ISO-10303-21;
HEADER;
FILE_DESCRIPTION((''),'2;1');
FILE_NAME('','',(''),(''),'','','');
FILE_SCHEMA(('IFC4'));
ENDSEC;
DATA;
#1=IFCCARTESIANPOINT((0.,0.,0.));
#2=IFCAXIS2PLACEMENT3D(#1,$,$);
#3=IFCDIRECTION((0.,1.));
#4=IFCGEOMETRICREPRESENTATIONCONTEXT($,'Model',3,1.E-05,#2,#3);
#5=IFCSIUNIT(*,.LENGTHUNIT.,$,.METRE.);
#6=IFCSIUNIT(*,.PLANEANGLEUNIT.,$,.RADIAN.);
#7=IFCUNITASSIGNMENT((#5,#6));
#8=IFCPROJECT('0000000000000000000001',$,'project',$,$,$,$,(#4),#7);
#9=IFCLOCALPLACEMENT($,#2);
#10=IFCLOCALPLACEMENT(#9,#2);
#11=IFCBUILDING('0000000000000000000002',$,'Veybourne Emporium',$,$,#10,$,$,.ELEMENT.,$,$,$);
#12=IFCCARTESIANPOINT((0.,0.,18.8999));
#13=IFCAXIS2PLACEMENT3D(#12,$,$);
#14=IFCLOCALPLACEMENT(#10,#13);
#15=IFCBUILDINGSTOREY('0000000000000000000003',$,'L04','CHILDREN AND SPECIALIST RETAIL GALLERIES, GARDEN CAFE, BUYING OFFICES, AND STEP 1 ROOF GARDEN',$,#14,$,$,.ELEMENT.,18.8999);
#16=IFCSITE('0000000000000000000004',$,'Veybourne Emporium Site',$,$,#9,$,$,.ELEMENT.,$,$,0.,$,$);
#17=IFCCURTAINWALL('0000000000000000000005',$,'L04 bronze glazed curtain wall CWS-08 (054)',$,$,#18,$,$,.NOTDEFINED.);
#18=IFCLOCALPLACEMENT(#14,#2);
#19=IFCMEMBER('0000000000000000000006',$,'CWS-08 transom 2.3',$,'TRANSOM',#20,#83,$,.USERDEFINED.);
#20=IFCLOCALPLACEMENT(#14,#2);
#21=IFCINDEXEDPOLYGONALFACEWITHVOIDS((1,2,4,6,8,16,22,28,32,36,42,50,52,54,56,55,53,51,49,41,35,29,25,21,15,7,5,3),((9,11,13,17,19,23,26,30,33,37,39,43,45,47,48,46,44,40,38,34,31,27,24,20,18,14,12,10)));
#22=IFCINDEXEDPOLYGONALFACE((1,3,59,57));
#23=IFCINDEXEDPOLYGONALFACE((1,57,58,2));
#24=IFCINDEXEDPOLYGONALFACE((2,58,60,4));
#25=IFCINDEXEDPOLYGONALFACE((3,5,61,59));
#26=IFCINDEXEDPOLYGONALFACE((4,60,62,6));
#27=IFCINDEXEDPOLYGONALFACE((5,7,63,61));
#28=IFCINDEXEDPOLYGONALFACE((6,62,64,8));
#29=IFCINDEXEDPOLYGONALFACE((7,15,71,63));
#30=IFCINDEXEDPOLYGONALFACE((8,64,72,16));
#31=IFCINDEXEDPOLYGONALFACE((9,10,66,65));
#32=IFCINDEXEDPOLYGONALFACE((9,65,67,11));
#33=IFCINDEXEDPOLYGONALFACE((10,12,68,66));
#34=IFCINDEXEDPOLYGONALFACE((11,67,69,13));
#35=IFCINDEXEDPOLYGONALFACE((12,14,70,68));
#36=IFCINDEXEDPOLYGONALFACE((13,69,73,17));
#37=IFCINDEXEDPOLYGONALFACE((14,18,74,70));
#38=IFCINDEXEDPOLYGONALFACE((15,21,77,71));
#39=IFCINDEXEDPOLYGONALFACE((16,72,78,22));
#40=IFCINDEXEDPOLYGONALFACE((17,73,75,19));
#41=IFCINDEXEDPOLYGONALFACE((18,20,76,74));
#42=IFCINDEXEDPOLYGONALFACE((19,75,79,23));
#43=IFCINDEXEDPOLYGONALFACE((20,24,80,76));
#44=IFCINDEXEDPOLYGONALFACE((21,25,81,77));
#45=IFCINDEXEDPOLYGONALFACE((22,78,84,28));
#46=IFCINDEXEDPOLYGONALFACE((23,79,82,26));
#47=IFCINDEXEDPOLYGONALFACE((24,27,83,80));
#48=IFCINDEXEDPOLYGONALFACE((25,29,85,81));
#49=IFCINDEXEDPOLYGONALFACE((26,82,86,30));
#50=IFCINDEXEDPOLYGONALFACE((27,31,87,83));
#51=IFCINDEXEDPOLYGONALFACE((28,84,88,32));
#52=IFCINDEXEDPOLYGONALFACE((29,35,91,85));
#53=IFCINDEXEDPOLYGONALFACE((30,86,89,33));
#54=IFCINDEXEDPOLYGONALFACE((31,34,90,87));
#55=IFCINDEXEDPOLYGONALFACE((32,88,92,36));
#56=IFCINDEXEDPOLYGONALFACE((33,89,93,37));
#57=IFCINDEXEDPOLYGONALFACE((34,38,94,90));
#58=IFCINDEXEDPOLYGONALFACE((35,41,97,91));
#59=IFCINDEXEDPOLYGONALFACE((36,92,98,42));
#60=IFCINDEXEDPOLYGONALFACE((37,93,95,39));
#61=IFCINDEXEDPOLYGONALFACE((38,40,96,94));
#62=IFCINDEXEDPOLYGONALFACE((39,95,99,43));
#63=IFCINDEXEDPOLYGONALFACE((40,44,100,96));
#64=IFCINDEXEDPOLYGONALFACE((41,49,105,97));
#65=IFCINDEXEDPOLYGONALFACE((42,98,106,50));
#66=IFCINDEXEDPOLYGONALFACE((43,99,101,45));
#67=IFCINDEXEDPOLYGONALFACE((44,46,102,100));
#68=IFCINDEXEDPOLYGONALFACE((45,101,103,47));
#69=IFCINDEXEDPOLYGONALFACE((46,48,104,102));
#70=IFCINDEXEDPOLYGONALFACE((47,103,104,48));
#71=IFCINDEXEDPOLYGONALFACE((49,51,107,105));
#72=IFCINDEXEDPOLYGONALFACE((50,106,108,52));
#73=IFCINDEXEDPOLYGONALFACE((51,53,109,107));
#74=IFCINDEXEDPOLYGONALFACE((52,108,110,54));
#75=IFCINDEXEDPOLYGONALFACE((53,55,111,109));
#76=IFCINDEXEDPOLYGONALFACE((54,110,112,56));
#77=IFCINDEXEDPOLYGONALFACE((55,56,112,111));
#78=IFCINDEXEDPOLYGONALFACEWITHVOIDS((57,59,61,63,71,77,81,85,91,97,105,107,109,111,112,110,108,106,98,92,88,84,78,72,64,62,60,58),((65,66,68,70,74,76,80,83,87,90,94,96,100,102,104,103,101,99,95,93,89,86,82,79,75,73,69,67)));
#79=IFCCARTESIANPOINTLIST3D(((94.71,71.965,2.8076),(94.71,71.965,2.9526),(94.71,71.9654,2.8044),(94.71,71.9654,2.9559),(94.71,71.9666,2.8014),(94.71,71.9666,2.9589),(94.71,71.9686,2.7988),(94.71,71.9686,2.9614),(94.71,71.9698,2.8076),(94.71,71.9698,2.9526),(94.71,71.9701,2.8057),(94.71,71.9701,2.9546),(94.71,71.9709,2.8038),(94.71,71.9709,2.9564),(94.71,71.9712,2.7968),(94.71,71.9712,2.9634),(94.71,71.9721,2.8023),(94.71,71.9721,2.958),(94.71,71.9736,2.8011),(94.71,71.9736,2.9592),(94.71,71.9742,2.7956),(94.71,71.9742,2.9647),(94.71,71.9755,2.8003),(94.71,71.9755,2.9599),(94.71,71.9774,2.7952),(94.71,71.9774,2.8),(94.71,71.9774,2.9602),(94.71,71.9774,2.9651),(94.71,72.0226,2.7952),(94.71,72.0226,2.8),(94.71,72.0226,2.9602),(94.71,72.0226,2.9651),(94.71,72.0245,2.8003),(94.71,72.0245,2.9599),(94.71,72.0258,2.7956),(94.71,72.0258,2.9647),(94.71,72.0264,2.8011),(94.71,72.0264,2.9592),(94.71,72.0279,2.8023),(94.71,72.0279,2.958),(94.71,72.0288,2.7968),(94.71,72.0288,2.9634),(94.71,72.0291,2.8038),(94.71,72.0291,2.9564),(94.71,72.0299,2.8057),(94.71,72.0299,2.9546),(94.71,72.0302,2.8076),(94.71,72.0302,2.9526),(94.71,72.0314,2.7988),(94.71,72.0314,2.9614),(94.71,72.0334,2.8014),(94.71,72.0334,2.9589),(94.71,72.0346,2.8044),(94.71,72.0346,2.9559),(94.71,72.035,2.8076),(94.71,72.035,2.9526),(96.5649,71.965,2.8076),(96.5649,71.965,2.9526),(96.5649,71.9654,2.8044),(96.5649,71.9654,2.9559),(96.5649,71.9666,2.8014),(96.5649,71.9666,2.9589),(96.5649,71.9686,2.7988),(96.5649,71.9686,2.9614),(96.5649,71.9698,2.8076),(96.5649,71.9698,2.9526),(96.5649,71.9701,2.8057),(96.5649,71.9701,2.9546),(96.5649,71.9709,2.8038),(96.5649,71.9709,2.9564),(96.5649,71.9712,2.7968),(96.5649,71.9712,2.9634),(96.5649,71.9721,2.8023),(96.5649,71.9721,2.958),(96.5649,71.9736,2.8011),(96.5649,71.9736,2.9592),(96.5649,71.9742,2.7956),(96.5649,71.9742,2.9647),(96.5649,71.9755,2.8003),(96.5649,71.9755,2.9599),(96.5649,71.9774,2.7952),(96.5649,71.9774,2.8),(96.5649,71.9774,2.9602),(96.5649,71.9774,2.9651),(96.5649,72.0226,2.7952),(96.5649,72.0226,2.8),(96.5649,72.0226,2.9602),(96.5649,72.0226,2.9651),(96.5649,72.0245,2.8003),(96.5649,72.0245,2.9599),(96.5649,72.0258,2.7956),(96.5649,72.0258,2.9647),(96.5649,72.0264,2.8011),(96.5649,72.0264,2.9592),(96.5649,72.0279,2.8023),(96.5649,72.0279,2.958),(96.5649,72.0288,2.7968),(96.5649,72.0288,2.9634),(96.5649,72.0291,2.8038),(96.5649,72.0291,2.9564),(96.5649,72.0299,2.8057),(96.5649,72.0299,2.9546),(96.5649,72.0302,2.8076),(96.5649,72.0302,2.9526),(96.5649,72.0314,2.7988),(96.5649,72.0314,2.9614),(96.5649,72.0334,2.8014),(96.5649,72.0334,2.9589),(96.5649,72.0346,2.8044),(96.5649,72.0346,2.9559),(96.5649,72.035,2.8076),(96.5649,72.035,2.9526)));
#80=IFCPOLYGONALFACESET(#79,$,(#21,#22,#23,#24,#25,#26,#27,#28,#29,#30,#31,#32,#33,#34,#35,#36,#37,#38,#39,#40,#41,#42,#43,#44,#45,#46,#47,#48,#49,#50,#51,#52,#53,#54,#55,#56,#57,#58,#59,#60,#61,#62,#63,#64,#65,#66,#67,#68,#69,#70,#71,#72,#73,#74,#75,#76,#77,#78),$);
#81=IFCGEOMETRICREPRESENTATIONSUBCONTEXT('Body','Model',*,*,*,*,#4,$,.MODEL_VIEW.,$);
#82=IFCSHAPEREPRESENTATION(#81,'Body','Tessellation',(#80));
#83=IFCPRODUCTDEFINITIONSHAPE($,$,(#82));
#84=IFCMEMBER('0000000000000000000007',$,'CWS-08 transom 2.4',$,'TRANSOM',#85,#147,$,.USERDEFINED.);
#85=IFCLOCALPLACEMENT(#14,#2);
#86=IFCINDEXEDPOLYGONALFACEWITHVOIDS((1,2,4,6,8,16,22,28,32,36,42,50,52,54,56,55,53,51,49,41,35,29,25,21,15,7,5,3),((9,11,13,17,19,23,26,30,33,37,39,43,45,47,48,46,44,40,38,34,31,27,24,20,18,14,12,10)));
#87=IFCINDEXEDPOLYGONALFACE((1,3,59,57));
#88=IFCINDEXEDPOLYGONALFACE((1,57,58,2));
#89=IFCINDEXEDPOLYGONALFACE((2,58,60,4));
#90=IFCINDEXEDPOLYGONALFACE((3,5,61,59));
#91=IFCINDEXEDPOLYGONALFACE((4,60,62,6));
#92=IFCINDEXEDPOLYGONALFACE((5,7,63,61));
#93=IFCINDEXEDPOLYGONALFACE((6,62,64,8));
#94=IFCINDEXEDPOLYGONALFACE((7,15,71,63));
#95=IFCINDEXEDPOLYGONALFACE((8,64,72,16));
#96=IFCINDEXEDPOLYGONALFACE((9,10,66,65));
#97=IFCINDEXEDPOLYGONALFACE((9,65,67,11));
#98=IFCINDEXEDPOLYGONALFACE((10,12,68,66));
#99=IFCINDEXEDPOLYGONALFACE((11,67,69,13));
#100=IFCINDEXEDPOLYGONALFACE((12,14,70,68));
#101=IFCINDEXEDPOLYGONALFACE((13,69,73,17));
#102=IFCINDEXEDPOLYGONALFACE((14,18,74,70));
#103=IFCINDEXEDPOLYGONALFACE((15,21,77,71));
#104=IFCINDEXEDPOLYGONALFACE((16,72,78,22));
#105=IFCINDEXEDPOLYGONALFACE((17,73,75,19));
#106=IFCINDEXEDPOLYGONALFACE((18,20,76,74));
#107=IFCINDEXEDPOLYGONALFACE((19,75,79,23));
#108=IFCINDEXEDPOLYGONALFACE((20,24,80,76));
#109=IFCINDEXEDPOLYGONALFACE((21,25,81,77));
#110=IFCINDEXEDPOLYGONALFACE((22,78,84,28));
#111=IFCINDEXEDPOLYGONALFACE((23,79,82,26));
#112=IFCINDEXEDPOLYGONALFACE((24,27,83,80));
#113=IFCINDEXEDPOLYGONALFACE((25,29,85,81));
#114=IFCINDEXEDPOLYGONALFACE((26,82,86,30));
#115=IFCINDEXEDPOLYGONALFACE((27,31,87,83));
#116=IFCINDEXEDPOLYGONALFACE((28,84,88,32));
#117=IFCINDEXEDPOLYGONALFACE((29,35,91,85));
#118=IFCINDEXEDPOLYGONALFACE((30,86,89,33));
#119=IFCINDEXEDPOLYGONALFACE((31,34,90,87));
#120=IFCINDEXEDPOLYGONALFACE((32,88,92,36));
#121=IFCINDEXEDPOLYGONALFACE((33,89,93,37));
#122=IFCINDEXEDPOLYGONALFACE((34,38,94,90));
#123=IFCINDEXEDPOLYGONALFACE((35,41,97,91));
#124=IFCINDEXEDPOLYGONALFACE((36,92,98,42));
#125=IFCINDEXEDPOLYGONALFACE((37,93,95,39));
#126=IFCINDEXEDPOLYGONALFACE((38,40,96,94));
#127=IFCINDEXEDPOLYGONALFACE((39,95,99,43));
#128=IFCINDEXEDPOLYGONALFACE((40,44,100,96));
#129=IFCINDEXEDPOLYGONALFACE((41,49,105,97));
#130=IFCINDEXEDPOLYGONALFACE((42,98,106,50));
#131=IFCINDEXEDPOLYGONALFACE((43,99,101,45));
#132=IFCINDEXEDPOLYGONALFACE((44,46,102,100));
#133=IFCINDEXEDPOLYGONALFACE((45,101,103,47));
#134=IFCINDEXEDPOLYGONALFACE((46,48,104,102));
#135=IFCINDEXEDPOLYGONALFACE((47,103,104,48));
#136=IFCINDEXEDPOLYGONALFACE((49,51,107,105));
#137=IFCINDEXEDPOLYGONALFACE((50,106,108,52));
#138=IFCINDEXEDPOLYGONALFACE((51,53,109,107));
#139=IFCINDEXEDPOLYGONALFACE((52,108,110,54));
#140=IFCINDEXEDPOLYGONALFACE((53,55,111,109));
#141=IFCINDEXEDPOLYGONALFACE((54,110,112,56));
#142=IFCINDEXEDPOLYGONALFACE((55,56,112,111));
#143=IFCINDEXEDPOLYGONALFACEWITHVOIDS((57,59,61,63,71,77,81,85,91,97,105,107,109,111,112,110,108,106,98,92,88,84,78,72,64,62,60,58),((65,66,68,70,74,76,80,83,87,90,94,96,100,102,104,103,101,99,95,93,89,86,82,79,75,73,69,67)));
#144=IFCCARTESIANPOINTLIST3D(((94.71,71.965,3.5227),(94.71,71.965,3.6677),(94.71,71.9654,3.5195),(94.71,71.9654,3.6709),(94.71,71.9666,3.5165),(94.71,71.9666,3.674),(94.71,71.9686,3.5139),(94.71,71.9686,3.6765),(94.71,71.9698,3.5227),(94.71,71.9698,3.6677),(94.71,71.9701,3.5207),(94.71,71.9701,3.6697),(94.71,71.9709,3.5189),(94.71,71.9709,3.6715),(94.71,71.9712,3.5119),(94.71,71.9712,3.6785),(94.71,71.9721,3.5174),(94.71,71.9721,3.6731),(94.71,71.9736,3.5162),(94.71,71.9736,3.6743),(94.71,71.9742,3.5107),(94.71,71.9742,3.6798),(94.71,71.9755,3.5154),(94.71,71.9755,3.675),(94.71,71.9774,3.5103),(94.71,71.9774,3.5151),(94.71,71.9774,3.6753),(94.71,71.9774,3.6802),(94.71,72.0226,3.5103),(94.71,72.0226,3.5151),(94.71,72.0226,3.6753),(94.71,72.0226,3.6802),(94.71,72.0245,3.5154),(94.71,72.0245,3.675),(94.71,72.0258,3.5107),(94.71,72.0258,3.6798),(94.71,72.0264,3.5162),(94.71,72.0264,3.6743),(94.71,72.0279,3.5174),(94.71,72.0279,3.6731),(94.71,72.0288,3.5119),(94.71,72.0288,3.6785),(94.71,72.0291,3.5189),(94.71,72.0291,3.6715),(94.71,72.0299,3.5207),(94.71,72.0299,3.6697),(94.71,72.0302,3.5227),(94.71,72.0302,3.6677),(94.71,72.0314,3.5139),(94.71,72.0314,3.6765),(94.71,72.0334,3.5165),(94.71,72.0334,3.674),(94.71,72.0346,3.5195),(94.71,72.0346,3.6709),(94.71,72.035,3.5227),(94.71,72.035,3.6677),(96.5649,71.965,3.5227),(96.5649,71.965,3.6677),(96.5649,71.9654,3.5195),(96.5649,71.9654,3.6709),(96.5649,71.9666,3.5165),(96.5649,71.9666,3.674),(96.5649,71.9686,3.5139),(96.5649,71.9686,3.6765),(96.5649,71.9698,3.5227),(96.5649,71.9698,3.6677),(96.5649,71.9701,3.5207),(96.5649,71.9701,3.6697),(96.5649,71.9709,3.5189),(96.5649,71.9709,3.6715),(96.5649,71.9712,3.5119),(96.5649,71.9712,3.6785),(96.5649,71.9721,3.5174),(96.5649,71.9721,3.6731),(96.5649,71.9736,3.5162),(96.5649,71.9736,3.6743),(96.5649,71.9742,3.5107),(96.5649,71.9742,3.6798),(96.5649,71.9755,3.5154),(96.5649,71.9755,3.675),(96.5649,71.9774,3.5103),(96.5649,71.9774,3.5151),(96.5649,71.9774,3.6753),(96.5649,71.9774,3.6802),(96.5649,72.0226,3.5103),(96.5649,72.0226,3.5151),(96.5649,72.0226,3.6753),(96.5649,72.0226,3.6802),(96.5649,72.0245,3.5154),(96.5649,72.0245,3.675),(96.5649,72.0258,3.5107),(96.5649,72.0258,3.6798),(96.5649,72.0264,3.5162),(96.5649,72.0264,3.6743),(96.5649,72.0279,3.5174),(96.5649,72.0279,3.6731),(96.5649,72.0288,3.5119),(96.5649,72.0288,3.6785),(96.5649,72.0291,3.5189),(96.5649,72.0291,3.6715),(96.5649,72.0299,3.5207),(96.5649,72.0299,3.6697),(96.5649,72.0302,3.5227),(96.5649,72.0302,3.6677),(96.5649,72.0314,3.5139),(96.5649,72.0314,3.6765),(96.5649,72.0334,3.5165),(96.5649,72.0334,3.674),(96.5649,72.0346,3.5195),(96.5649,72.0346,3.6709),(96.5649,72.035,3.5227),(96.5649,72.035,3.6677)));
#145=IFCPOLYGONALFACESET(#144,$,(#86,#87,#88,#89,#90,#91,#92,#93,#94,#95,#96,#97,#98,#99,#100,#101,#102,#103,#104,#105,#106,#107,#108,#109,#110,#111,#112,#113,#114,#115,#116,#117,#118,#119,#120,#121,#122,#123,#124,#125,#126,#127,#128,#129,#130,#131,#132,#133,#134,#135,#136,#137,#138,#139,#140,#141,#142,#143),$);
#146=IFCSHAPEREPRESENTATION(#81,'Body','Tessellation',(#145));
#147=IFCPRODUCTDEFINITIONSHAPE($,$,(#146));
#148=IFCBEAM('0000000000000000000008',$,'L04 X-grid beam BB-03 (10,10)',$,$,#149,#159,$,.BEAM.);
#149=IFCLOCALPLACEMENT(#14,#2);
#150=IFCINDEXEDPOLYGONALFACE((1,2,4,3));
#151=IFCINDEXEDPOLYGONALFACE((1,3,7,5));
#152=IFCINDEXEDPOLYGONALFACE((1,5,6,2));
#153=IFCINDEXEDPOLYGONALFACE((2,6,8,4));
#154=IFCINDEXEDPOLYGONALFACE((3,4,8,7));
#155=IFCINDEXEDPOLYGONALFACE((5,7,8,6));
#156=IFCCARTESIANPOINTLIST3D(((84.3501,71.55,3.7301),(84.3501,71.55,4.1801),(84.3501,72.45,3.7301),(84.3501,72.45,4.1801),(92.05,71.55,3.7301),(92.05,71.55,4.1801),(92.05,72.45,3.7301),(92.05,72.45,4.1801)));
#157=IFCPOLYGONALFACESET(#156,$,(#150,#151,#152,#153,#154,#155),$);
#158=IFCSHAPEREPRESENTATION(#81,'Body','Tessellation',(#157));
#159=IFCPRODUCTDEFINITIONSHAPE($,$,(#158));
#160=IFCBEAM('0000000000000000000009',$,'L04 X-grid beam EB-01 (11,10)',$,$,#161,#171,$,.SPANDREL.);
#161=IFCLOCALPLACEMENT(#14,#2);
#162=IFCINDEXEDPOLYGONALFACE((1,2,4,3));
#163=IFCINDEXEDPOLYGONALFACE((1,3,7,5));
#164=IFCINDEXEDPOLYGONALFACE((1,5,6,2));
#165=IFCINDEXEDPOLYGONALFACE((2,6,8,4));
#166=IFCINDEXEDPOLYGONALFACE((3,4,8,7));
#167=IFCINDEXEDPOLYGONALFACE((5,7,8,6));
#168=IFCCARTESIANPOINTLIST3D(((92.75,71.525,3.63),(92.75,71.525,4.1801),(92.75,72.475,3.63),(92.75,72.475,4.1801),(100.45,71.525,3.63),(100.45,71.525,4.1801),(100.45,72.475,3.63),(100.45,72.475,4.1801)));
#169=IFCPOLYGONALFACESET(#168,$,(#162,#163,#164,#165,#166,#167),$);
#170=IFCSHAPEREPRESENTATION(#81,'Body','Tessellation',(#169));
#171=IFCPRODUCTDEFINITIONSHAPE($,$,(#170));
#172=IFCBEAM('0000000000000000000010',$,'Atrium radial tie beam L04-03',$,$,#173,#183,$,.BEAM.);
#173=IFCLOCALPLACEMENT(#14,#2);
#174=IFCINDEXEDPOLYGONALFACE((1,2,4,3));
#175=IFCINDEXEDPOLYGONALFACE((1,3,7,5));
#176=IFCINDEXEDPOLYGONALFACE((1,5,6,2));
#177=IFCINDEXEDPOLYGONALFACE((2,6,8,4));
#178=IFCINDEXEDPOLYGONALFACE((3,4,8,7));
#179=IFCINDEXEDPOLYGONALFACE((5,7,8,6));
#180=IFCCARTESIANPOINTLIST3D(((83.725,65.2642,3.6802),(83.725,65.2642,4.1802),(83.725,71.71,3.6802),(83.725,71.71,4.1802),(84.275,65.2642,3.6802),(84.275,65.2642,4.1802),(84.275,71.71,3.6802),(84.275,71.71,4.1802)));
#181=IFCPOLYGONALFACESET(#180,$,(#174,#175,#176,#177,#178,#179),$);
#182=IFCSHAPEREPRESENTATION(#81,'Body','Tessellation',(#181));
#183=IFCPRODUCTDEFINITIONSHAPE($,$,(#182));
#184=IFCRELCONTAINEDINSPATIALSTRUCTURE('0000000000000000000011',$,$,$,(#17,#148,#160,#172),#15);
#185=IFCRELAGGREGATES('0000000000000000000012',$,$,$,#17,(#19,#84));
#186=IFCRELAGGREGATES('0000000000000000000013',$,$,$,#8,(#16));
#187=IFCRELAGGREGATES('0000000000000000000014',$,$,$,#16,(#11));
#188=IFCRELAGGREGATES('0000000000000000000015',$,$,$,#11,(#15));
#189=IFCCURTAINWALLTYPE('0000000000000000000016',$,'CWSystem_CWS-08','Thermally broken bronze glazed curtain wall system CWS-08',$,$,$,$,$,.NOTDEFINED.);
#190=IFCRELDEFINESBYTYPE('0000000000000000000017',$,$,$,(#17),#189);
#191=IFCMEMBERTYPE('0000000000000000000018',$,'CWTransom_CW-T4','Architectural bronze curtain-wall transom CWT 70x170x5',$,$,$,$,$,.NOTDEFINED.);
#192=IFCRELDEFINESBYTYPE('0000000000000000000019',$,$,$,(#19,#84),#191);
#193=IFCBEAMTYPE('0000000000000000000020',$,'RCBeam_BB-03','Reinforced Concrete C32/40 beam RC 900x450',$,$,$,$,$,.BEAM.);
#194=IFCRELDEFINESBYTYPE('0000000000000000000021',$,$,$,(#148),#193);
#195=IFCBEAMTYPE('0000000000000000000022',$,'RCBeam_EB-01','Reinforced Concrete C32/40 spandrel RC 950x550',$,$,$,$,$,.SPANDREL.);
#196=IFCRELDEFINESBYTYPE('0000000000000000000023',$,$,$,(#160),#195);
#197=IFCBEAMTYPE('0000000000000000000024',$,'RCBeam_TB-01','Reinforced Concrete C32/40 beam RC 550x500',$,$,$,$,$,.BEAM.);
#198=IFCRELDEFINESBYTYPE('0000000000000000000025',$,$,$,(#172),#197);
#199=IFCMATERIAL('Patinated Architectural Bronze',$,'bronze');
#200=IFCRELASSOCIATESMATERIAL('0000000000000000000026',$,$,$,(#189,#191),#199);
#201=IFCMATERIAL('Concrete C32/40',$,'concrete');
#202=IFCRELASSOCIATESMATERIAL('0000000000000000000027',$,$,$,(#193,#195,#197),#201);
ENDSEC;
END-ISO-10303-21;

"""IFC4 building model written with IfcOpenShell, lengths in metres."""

from ifc_helpers import new_model, si_unit, direction, frame, origin, origin_2d, place, context, subcontext, project, spatial, rectangle, hollow_rectangle, extrude, material, material_profile, profile_set, type_object, element, aggregate, save


model = new_model("IFC4")

# Units and contexts
model_context = context("Model", 3, precision=1e-05, world=origin(), true_north=direction((0.0, 1.0)))
body_context = subcontext(model_context, "Body", "Model", "MODEL_VIEW")
ifc_project = project(units=[si_unit("LENGTHUNIT", "METRE"), si_unit("PLANEANGLEUNIT", "RADIAN")], contexts=[model_context])

# Site, building, storey
site_placement = place(None, origin())
site = spatial("IfcSite", under=ifc_project, at=site_placement, Name="Veybourne Emporium Site", CompositionType="ELEMENT", RefElevation=0.0)
building_placement = place(site_placement, origin())
building = spatial("IfcBuilding", under=site, at=building_placement, Name="Veybourne Emporium", CompositionType="ELEMENT")
storey_placement = place(building_placement, frame((0.0, 0.0, 18.8999)))
storey = spatial("IfcBuildingStorey", under=building, at=storey_placement, Name="L04", Description="CHILDREN AND SPECIALIST RETAIL GALLERIES, GARDEN CAFE, BUYING OFFICES, AND STEP 1 ROOF GARDEN", CompositionType="ELEMENT", Elevation=18.8999)

# Curtain wall, members
ifc_material_1 = material(Name="Patinated Architectural Bronze", Category="bronze")
curtain_wall_type = type_object("IfcCurtainWallType", Name="CWSystem_CWS-08", Description="Thermally broken bronze glazed curtain wall system CWS-08", PredefinedType="NOTDEFINED", material=ifc_material_1)
curtain_wall_placement = place(storey_placement, origin())
curtain_wall = element("IfcCurtainWall", 1, at=curtain_wall_placement, inside=storey, type_object=curtain_wall_type, Name="L04 bronze glazed curtain wall CWS-08 (054)", PredefinedType="NOTDEFINED")
ifc_material_profile_1 = material_profile(ifc_material_1, hollow_rectangle(XDim=0.0701, YDim=0.1699, WallThickness=0.0049, InnerFilletRadius=0.0076, OuterFilletRadius=0.0125, at=origin_2d()), Name="CWT 70x170x5")
ifc_profile_set_1 = profile_set([ifc_material_profile_1], Name="Patinated Architectural Bronze")
member_type_1 = type_object("IfcMemberType", Name="CWTransom_CW-T4", Description="Architectural bronze curtain-wall transom CWT 70x170x5", PredefinedType="NOTDEFINED", material=ifc_profile_set_1)
member_1_placement = place(storey_placement, frame((94.71, 72.0, 2.8801), z_axis=(1.0, 0.0, 0.0), x_axis=(0.0, 1.0, 0.0)))
member_1 = element("IfcMember", 2, at=member_1_placement, type_object=member_type_1, Name="CWS-08 transom 2.3", ObjectType="TRANSOM", PredefinedType="USERDEFINED", context=body_context, shape_type="SweptSolid", body=[
    extrude(hollow_rectangle(XDim=0.0701, YDim=0.1699, WallThickness=0.0049, InnerFilletRadius=0.0076, OuterFilletRadius=0.0125, at=origin_2d()), origin(), (0.0, 0.0, 1.0), 1.855),
])
member_2_placement = place(storey_placement, frame((94.71, 72.0, 3.5952), z_axis=(1.0, 0.0, 0.0), x_axis=(0.0, 1.0, 0.0)))
member_2 = element("IfcMember", 3, at=member_2_placement, type_object=member_type_1, Name="CWS-08 transom 2.4", ObjectType="TRANSOM", PredefinedType="USERDEFINED", context=body_context, shape_type="SweptSolid", body=[
    extrude(hollow_rectangle(XDim=0.0701, YDim=0.1699, WallThickness=0.0049, InnerFilletRadius=0.0076, OuterFilletRadius=0.0125, at=origin_2d()), origin(), (0.0, 0.0, 1.0), 1.855),
])

# Beams
ifc_material_2 = material(Name="Concrete C32/40", Category="concrete")
ifc_material_profile_2 = material_profile(ifc_material_2, rectangle(XDim=0.8999, YDim=0.45, at=origin_2d()), Name="RC 900x450")
ifc_profile_set_2 = profile_set([ifc_material_profile_2], Name="Concrete C32/40")
beam_type_1 = type_object("IfcBeamType", Name="RCBeam_BB-03", Description="Reinforced Concrete C32/40 beam RC 900x450", PredefinedType="BEAM", material=ifc_profile_set_2)
beam_1_placement = place(storey_placement, frame((84.3501, 72.0, 3.9551), z_axis=(1.0, 0.0, 0.0), x_axis=(0.0, 1.0, 0.0)))
element("IfcBeam", 4, at=beam_1_placement, inside=storey, type_object=beam_type_1, Name="L04 X-grid beam BB-03 (10,10)", PredefinedType="BEAM", context=body_context, shape_type="SweptSolid", body=[
    extrude(rectangle(XDim=0.8999, YDim=0.45, at=origin_2d()), origin(), (0.0, 0.0, 1.0), 7.7),
])
ifc_material_profile_3 = material_profile(ifc_material_2, rectangle(XDim=0.95, YDim=0.55, at=origin_2d()), Name="RC 950x550")
ifc_profile_set_3 = profile_set([ifc_material_profile_3], Name="Concrete C32/40")
beam_type_2 = type_object("IfcBeamType", Name="RCBeam_EB-01", Description="Reinforced Concrete C32/40 spandrel RC 950x550", PredefinedType="SPANDREL", material=ifc_profile_set_3)
beam_2_placement = place(storey_placement, frame((92.75, 72.0, 3.905), z_axis=(1.0, 0.0, 0.0), x_axis=(0.0, 1.0, 0.0)))
element("IfcBeam", 5, at=beam_2_placement, inside=storey, type_object=beam_type_2, Name="L04 X-grid beam EB-01 (11,10)", PredefinedType="SPANDREL", context=body_context, shape_type="SweptSolid", body=[
    extrude(rectangle(XDim=0.95, YDim=0.55, at=origin_2d()), origin(), (0.0, 0.0, 1.0), 7.7),
])
ifc_material_profile_4 = material_profile(ifc_material_2, rectangle(XDim=0.55, YDim=0.5, at=origin_2d()), Name="RC 550x500")
ifc_profile_set_4 = profile_set([ifc_material_profile_4], Name="Concrete C32/40")
beam_type_3 = type_object("IfcBeamType", Name="RCBeam_TB-01", Description="Reinforced Concrete C32/40 beam RC 550x500", PredefinedType="BEAM", material=ifc_profile_set_4)
beam_3_placement = place(storey_placement, frame((84.0, 65.2642, 3.9302), z_axis=(0.0, 1.0, 0.0), x_axis=(-1.0, 0.0, 0.0)))
element("IfcBeam", 6, at=beam_3_placement, inside=storey, type_object=beam_type_3, Name="Atrium radial tie beam L04-03", PredefinedType="BEAM", context=body_context, shape_type="SweptSolid", body=[
    extrude(rectangle(XDim=0.55, YDim=0.5, at=origin_2d()), origin(), (0.0, 0.0, 1.0), 6.4458),
])

aggregate(curtain_wall, [member_1, member_2])

save(model, "model.ifc")
